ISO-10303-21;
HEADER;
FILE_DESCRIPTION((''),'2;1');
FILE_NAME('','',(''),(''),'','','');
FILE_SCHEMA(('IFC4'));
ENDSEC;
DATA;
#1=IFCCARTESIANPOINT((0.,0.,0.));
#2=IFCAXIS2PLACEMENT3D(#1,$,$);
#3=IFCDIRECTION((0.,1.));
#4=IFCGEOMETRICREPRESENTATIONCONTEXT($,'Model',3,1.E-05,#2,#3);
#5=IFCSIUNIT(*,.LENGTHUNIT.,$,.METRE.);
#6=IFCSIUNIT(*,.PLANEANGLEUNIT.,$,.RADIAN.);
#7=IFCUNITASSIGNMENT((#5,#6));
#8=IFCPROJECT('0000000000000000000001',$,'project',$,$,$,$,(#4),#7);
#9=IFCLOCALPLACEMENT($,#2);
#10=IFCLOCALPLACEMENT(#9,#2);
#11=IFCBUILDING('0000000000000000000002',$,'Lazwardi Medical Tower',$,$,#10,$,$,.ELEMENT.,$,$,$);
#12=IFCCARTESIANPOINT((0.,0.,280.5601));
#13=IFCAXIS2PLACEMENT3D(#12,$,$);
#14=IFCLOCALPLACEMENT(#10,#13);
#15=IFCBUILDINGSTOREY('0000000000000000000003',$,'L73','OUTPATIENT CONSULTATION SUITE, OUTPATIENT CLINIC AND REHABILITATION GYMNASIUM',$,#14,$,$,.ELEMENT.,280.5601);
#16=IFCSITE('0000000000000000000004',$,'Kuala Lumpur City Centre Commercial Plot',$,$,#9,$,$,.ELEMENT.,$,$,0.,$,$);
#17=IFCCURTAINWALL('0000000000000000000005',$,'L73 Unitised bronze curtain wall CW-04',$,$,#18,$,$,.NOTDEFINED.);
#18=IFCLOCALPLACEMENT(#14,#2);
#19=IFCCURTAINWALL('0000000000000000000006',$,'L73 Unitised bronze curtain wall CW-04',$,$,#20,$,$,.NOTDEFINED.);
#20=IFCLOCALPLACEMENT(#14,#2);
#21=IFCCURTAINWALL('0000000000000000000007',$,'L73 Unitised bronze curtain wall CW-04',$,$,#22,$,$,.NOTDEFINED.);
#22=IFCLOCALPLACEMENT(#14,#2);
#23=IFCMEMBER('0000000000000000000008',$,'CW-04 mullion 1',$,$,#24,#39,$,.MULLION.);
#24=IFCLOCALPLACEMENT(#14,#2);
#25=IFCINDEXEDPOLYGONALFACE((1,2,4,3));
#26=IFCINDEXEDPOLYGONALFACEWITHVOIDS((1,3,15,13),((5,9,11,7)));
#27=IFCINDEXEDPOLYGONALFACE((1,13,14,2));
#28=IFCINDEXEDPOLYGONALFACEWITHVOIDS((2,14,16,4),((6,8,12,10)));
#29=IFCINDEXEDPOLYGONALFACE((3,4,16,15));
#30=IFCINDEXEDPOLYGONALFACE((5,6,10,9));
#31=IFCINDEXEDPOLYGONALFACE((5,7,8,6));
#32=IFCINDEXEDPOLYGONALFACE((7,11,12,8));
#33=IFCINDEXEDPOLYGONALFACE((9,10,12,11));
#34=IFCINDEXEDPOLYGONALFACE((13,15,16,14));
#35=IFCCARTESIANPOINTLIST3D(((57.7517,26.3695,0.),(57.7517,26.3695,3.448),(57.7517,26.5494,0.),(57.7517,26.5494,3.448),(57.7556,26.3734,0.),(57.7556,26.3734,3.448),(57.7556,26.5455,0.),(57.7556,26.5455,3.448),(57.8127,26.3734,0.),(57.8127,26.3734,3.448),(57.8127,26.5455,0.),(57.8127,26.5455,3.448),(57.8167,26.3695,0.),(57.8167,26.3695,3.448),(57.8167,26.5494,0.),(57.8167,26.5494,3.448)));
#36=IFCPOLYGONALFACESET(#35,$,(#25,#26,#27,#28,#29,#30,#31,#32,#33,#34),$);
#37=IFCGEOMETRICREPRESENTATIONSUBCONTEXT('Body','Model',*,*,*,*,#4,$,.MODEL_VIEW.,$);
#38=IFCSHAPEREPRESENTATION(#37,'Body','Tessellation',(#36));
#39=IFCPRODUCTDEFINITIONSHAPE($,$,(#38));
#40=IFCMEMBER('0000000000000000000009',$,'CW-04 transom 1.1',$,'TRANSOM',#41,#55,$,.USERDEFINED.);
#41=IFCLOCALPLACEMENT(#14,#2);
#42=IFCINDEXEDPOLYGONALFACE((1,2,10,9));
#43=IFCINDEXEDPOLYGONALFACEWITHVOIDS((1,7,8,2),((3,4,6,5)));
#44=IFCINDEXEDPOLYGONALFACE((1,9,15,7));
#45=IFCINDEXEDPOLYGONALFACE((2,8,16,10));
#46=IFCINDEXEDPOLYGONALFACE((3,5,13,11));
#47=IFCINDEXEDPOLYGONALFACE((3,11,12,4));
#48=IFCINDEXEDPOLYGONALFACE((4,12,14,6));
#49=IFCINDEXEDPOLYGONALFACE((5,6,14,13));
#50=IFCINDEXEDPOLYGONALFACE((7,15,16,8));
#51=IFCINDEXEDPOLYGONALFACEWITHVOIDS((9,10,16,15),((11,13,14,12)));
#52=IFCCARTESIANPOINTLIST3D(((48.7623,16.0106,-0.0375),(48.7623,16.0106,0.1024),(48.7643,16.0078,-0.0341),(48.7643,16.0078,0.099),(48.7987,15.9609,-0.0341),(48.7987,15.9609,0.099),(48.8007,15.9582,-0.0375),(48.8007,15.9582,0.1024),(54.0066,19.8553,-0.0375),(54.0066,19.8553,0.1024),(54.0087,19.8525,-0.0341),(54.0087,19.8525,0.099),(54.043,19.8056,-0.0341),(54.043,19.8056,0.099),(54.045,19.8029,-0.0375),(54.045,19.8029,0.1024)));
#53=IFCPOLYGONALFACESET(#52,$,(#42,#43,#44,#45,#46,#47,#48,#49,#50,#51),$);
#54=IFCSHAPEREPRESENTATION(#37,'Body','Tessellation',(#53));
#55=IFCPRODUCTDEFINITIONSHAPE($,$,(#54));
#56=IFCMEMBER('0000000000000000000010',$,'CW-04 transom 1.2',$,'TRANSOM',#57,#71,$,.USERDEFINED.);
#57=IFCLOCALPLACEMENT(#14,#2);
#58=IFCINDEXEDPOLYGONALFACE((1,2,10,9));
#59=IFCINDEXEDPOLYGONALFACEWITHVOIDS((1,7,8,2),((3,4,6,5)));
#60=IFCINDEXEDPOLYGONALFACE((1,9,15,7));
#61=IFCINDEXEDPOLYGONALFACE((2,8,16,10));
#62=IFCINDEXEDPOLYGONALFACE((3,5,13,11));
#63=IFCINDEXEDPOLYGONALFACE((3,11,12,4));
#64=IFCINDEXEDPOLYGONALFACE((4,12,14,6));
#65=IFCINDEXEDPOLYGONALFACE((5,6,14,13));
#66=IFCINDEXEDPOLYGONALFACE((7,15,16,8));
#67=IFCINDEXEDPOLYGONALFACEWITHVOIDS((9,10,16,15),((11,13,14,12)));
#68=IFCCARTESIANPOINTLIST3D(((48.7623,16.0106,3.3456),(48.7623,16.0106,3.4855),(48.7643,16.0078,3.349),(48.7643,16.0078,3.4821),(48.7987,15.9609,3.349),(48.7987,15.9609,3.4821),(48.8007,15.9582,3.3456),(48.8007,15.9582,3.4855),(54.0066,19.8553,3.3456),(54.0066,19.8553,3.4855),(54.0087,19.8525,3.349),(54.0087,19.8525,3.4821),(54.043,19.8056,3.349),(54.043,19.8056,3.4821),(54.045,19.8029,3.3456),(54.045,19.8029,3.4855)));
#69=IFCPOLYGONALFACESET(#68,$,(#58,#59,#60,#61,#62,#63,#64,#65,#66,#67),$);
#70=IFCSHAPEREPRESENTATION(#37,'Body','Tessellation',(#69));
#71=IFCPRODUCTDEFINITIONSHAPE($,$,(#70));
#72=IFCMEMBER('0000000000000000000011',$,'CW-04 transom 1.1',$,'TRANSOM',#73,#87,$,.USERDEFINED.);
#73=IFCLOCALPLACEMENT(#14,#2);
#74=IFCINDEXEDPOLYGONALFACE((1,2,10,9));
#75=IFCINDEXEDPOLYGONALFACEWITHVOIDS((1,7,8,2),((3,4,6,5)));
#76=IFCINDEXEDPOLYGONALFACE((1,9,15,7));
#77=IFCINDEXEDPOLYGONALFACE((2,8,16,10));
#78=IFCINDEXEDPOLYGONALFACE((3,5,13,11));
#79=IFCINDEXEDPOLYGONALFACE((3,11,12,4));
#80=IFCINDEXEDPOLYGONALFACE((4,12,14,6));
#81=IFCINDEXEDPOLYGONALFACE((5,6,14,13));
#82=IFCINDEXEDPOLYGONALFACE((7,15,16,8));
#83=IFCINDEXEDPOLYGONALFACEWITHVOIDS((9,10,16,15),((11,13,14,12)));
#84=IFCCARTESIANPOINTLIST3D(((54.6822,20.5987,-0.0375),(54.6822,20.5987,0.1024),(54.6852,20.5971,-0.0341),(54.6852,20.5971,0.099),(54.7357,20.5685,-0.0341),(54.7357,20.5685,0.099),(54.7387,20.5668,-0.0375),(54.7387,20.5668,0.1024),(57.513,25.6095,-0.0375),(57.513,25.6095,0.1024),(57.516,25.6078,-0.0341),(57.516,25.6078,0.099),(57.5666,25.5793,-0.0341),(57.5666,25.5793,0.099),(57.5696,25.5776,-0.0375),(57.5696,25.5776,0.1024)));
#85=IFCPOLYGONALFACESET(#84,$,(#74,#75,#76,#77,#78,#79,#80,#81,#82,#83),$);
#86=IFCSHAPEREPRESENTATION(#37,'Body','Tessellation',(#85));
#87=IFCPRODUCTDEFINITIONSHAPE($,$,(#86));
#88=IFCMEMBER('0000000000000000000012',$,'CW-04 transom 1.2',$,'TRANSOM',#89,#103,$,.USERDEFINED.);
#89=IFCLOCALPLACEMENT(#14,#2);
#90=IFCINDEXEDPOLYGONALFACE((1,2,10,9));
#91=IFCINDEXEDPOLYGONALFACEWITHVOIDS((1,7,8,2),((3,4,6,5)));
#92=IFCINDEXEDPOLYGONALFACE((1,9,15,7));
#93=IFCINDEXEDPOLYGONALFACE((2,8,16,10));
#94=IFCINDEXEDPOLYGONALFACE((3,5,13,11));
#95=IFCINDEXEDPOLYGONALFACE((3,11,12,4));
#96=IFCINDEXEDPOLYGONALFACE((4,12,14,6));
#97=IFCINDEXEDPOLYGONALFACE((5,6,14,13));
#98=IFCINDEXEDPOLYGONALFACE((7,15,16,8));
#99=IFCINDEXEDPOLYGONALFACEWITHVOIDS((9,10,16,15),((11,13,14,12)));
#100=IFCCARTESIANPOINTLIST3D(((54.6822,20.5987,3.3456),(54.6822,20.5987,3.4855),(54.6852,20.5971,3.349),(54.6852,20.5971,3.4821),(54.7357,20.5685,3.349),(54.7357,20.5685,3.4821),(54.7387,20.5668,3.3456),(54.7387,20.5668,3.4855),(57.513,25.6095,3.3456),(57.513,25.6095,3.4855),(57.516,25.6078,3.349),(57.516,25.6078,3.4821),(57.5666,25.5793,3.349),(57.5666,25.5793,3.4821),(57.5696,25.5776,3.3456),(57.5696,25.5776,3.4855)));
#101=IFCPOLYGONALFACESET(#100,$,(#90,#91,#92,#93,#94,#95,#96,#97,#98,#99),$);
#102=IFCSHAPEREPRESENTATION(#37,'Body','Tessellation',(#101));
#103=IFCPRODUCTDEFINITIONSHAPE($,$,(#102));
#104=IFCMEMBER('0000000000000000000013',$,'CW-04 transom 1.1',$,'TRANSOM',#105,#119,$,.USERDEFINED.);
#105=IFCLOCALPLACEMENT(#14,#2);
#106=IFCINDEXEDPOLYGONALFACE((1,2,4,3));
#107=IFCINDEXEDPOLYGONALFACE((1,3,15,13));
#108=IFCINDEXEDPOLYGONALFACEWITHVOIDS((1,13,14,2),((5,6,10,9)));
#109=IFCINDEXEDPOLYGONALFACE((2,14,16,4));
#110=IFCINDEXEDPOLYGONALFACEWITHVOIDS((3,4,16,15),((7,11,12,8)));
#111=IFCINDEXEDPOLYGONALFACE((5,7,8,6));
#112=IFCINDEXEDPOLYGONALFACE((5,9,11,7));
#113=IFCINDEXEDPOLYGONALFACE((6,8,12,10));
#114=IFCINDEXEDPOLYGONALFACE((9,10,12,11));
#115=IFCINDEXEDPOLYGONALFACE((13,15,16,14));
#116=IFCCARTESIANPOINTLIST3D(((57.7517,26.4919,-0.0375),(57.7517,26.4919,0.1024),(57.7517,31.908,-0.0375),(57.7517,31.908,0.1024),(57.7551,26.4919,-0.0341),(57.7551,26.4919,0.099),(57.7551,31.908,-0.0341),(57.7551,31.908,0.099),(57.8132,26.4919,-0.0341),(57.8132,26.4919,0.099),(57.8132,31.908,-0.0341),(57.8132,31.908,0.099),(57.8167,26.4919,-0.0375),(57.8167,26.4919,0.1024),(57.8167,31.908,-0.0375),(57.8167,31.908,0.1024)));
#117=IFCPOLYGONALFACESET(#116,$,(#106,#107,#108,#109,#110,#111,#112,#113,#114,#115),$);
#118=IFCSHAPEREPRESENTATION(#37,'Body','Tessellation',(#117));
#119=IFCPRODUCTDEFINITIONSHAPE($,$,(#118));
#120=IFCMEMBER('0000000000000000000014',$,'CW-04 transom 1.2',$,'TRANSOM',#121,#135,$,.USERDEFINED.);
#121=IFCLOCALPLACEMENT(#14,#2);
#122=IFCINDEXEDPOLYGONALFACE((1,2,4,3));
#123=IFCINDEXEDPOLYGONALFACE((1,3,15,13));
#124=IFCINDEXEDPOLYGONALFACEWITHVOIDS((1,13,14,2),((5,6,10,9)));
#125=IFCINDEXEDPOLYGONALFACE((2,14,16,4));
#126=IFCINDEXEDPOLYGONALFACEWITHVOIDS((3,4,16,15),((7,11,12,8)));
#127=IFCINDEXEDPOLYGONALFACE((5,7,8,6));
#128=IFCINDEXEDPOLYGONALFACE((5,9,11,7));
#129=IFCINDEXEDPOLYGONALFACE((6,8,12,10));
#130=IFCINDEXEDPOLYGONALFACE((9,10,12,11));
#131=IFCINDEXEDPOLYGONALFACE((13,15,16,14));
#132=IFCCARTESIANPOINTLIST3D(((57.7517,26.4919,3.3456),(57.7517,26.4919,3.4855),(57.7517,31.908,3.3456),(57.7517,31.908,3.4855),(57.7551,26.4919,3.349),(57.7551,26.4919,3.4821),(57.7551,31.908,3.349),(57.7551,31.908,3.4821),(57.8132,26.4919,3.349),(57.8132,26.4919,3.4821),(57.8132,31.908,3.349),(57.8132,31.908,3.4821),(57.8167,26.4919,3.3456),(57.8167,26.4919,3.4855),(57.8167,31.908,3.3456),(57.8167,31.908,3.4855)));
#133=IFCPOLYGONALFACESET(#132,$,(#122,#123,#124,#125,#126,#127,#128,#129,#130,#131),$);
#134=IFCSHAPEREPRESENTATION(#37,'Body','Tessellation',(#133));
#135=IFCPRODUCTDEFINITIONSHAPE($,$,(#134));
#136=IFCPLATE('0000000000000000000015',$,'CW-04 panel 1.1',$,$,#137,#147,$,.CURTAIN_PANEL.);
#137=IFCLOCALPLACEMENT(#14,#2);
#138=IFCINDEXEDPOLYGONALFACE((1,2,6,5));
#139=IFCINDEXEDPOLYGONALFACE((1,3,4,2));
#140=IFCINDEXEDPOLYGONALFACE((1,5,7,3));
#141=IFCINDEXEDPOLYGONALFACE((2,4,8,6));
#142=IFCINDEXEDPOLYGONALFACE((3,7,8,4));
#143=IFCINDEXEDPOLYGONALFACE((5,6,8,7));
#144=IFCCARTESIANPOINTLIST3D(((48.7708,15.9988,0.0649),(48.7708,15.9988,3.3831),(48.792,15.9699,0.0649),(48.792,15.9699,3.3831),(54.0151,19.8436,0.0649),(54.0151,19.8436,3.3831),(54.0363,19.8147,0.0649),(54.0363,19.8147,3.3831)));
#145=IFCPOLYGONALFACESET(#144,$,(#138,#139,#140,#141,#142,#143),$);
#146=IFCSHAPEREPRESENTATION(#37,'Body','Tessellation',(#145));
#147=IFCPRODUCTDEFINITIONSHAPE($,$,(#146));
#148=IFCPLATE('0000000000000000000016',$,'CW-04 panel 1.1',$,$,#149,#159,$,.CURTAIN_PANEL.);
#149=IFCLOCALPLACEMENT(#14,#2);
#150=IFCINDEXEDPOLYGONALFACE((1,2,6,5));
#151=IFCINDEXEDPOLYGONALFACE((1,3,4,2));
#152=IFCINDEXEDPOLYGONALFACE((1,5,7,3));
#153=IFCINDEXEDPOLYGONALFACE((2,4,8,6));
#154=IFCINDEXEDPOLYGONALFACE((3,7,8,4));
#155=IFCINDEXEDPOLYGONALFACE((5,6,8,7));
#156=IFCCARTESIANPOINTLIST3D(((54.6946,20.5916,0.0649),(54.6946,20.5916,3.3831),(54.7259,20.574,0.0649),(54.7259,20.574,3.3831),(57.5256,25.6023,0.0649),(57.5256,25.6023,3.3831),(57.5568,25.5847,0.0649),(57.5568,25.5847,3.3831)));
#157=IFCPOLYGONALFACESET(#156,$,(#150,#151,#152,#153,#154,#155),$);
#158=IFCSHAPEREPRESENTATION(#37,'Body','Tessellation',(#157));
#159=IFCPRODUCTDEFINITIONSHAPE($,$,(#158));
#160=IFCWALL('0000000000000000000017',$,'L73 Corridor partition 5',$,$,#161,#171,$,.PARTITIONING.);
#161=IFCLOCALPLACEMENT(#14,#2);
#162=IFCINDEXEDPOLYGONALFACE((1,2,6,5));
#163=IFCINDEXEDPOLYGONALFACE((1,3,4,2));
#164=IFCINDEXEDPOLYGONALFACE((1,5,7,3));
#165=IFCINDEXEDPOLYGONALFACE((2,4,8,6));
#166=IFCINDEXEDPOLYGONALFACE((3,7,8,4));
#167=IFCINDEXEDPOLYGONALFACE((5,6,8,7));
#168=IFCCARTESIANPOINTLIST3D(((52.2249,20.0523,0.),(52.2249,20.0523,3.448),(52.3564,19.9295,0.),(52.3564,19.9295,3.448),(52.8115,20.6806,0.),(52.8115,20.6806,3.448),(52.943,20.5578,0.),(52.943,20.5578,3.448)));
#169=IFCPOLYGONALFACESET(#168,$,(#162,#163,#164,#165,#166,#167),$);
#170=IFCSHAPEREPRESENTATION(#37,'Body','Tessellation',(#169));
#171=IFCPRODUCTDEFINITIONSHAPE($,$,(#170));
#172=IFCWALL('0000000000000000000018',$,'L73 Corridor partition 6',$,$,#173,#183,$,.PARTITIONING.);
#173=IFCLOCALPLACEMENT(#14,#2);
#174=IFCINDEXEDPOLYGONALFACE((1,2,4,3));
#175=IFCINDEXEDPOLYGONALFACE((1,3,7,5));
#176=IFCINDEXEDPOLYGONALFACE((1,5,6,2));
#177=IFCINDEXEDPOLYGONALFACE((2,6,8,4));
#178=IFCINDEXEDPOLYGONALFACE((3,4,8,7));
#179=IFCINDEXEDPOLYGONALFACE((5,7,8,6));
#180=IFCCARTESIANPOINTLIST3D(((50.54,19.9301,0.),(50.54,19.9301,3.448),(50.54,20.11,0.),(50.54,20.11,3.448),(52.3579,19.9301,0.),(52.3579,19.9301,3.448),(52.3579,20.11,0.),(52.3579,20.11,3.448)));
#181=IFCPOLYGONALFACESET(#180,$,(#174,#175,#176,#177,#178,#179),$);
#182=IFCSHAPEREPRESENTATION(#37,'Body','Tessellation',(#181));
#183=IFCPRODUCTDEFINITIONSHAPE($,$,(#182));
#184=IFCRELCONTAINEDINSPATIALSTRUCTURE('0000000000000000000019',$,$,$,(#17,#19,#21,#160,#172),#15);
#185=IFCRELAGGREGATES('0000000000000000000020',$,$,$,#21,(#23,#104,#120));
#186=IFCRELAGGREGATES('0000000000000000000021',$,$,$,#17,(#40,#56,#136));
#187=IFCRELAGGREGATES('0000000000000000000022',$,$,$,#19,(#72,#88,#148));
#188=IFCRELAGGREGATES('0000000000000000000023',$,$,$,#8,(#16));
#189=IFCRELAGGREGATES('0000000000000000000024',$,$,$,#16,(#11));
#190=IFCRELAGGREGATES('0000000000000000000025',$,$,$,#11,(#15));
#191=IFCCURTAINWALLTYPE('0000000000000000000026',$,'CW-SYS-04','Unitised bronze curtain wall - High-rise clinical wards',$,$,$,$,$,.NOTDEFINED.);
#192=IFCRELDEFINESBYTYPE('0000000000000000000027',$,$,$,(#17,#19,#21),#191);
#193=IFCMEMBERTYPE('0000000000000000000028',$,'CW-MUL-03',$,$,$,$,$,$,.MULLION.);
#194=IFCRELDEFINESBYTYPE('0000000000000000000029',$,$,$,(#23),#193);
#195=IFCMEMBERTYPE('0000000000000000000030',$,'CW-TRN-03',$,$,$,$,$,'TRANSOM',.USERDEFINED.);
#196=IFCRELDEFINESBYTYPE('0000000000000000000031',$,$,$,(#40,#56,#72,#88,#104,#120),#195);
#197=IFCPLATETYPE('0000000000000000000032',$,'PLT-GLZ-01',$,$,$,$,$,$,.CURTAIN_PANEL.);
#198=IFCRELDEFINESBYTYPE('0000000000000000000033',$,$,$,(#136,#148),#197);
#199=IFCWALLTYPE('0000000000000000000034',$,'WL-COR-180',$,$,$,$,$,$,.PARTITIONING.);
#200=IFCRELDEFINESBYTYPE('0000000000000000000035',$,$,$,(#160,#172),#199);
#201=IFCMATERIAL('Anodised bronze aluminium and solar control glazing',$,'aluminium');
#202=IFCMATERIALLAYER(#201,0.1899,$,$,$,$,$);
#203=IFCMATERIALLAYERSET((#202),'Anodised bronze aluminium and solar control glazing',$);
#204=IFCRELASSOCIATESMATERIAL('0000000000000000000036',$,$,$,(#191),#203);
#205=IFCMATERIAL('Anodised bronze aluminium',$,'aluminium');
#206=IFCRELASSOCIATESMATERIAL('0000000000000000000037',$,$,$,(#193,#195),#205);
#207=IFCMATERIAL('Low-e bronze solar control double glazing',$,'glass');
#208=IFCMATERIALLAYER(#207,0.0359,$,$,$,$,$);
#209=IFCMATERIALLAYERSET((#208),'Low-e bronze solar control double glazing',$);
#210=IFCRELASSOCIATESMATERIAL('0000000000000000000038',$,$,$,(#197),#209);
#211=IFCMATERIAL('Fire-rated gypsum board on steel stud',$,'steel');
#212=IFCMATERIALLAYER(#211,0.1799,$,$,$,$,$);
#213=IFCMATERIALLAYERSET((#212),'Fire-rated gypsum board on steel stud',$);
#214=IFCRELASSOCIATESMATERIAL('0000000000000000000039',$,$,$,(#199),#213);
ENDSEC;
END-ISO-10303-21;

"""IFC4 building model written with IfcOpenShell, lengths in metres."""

from ifc_helpers import new_model, si_unit, direction, frame, frame_2d, origin, origin_2d, place, context, subcontext, project, spatial, rectangle, hollow_rectangle, extrude, material, layer, layer_set, material_profile, profile_set, type_object, element, aggregate, save


model = new_model("IFC4")

# Units and contexts
model_context = context("Model", 3, precision=1e-05, world=origin(), true_north=direction((0.0, 1.0)))
body_context = subcontext(model_context, "Body", "Model", "MODEL_VIEW")
ifc_project = project(units=[si_unit("LENGTHUNIT", "METRE"), si_unit("PLANEANGLEUNIT", "RADIAN")], contexts=[model_context])

# Site, building, storey
site_placement = place(None, origin())
site = spatial("IfcSite", under=ifc_project, at=site_placement, Name="Kuala Lumpur City Centre Commercial Plot", CompositionType="ELEMENT", RefElevation=0.0)
building_placement = place(site_placement, origin())
building = spatial("IfcBuilding", under=site, at=building_placement, Name="Lazwardi Medical Tower", CompositionType="ELEMENT")
storey_placement = place(building_placement, frame((0.0, 0.0, 280.5601)))
storey = spatial("IfcBuildingStorey", under=building, at=storey_placement, Name="L73", Description="OUTPATIENT CONSULTATION SUITE, OUTPATIENT CLINIC AND REHABILITATION GYMNASIUM", CompositionType="ELEMENT", Elevation=280.5601)

# Shared definitions
ifc_material_1 = material(Name="Anodised bronze aluminium and solar control glazing", Category="aluminium")
ifc_layer_1 = layer(ifc_material_1, 0.1899)
ifc_layer_set_1 = layer_set([ifc_layer_1], Name="Anodised bronze aluminium and solar control glazing")
curtain_wall_type = type_object("IfcCurtainWallType", Name="CW-SYS-04", Description="Unitised bronze curtain wall - High-rise clinical wards", PredefinedType="NOTDEFINED", material=ifc_layer_set_1)
ifc_material_2 = material(Name="Anodised bronze aluminium", Category="aluminium")
ifc_material_profile_1 = material_profile(ifc_material_2, hollow_rectangle(XDim=0.0649, YDim=0.1799, WallThickness=0.0039, at=origin_2d()), Name="ALU-MULLION 180x65x4")
ifc_profile_set_1 = profile_set([ifc_material_profile_1], Name="Anodised bronze aluminium")
member_type_1 = type_object("IfcMemberType", Name="CW-MUL-03", PredefinedType="MULLION", material=ifc_profile_set_1)

# Curtain walls
curtain_wall_1_placement = place(storey_placement, origin())
curtain_wall_1 = element("IfcCurtainWall", 1, at=curtain_wall_1_placement, inside=storey, type_object=curtain_wall_type, Name="L73 Unitised bronze curtain wall CW-04", PredefinedType="NOTDEFINED")
curtain_wall_2_placement = place(storey_placement, origin())
curtain_wall_2 = element("IfcCurtainWall", 2, at=curtain_wall_2_placement, inside=storey, type_object=curtain_wall_type, Name="L73 Unitised bronze curtain wall CW-04", PredefinedType="NOTDEFINED")

# Curtain wall, member
curtain_wall_3_placement = place(storey_placement, origin())
curtain_wall_3 = element("IfcCurtainWall", 3, at=curtain_wall_3_placement, inside=storey, type_object=curtain_wall_type, Name="L73 Unitised bronze curtain wall CW-04", PredefinedType="NOTDEFINED")
member_1_placement = place(storey_placement, frame((57.7842, 26.4595, 0.0), z_axis=(0.0, 0.0, 1.0), x_axis=(-1.0, 0.0, 0.0)))
member_1 = element("IfcMember", 4, at=member_1_placement, type_object=member_type_1, Name="CW-04 mullion 1", PredefinedType="MULLION", context=body_context, shape_type="SweptSolid", body=[
    extrude(hollow_rectangle(XDim=0.0649, YDim=0.1799, WallThickness=0.0039, at=origin_2d()), origin(), (0.0, 0.0, 1.0), 3.448),
])

# Members
ifc_material_profile_2 = material_profile(ifc_material_2, hollow_rectangle(XDim=0.0649, YDim=0.1399, WallThickness=0.0034, at=origin_2d()), Name="ALU-TRANSOM 140x65x3.5")
ifc_profile_set_2 = profile_set([ifc_material_profile_2], Name="Anodised bronze aluminium")
member_type_2 = type_object("IfcMemberType", Name="CW-TRN-03", ElementType="TRANSOM", PredefinedType="USERDEFINED", material=ifc_profile_set_2)
member_2_placement = place(storey_placement, frame((48.7815, 15.9844, 0.0325), z_axis=(0.80649, 0.591248, 0.0), x_axis=(-0.591248, 0.80649, 0.0)))
member_2 = element("IfcMember", 5, at=member_2_placement, type_object=member_type_2, Name="CW-04 transom 1.1", ObjectType="TRANSOM", PredefinedType="USERDEFINED", context=body_context, shape_type="SweptSolid", body=[
    extrude(hollow_rectangle(XDim=0.0649, YDim=0.1399, WallThickness=0.0034, at=origin_2d()), origin(), (0.0, 0.0, 1.0), 6.5027),
])
member_3_placement = place(storey_placement, frame((48.7815, 15.9844, 3.4155), z_axis=(0.80649, 0.591248, 0.0), x_axis=(-0.591248, 0.80649, 0.0)))
member_3 = element("IfcMember", 6, at=member_3_placement, type_object=member_type_2, Name="CW-04 transom 1.2", ObjectType="TRANSOM", PredefinedType="USERDEFINED", context=body_context, shape_type="SweptSolid", body=[
    extrude(hollow_rectangle(XDim=0.0649, YDim=0.1399, WallThickness=0.0034, at=origin_2d()), origin(), (0.0, 0.0, 1.0), 6.5027),
])
member_4_placement = place(storey_placement, frame((54.7104, 20.5828, 0.0325), z_axis=(0.49188, 0.870663, 0.0), x_axis=(-0.870663, 0.49188, 0.0)))
member_4 = element("IfcMember", 7, at=member_4_placement, type_object=member_type_2, Name="CW-04 transom 1.1", ObjectType="TRANSOM", PredefinedType="USERDEFINED", context=body_context, shape_type="SweptSolid", body=[
    extrude(hollow_rectangle(XDim=0.0649, YDim=0.1399, WallThickness=0.0034, at=origin_2d()), origin(), (0.0, 0.0, 1.0), 5.7551),
])
member_5_placement = place(storey_placement, frame((54.7104, 20.5828, 3.4155), z_axis=(0.49188, 0.870663, 0.0), x_axis=(-0.870663, 0.49188, 0.0)))
member_5 = element("IfcMember", 8, at=member_5_placement, type_object=member_type_2, Name="CW-04 transom 1.2", ObjectType="TRANSOM", PredefinedType="USERDEFINED", context=body_context, shape_type="SweptSolid", body=[
    extrude(hollow_rectangle(XDim=0.0649, YDim=0.1399, WallThickness=0.0034, at=origin_2d()), origin(), (0.0, 0.0, 1.0), 5.7551),
])
member_6_placement = place(storey_placement, frame((57.7842, 26.4919, 0.0325), z_axis=(0.0, 1.0, 0.0), x_axis=(-1.0, 0.0, 0.0)))
member_6 = element("IfcMember", 9, at=member_6_placement, type_object=member_type_2, Name="CW-04 transom 1.1", ObjectType="TRANSOM", PredefinedType="USERDEFINED", context=body_context, shape_type="SweptSolid", body=[
    extrude(hollow_rectangle(XDim=0.0649, YDim=0.1399, WallThickness=0.0034, at=origin_2d()), origin(), (0.0, 0.0, 1.0), 5.416),
])
member_7_placement = place(storey_placement, frame((57.7842, 26.4919, 3.4155), z_axis=(0.0, 1.0, 0.0), x_axis=(-1.0, 0.0, 0.0)))
member_7 = element("IfcMember", 10, at=member_7_placement, type_object=member_type_2, Name="CW-04 transom 1.2", ObjectType="TRANSOM", PredefinedType="USERDEFINED", context=body_context, shape_type="SweptSolid", body=[
    extrude(hollow_rectangle(XDim=0.0649, YDim=0.1399, WallThickness=0.0034, at=origin_2d()), origin(), (0.0, 0.0, 1.0), 5.416),
])
aggregate(curtain_wall_3, [member_1, member_6, member_7])

# Plates
ifc_material_3 = material(Name="Low-e bronze solar control double glazing", Category="glass")
ifc_layer_2 = layer(ifc_material_3, 0.0359)
ifc_layer_set_2 = layer_set([ifc_layer_2], Name="Low-e bronze solar control double glazing")
plate_type = type_object("IfcPlateType", Name="PLT-GLZ-01", PredefinedType="CURTAIN_PANEL", material=ifc_layer_set_2)
plate_1_placement = place(storey_placement, frame((51.4036, 17.9067, 0.0649), z_axis=(0.0, 0.0, 1.0), x_axis=(0.806475, 0.591268, 0.0)))
plate_1 = element("IfcPlate", 11, at=plate_1_placement, type_object=plate_type, Name="CW-04 panel 1.1", PredefinedType="CURTAIN_PANEL", context=body_context, shape_type="SweptSolid", body=[
    extrude(rectangle(XDim=6.5027, YDim=0.0359, at=origin_2d()), origin(), (0.0, 0.0, 1.0), 3.3181),
])
aggregate(curtain_wall_1, [member_2, member_3, plate_1])
plate_2_placement = place(storey_placement, frame((56.1257, 23.0881, 0.0649), z_axis=(0.0, 0.0, 1.0), x_axis=(0.4919, 0.870651, 0.0)))
plate_2 = element("IfcPlate", 12, at=plate_2_placement, type_object=plate_type, Name="CW-04 panel 1.1", PredefinedType="CURTAIN_PANEL", context=body_context, shape_type="SweptSolid", body=[
    extrude(rectangle(XDim=5.7551, YDim=0.0359, at=origin_2d()), origin(), (0.0, 0.0, 1.0), 3.3181),
])
aggregate(curtain_wall_2, [member_4, member_5, plate_2])

# Walls
ifc_material_4 = material(Name="Fire-rated gypsum board on steel stud", Category="steel")
ifc_layer_3 = layer(ifc_material_4, 0.1799)
ifc_layer_set_3 = layer_set([ifc_layer_3], Name="Fire-rated gypsum board on steel stud")
wall_type_1 = type_object("IfcWallType", Name="WL-COR-180", PredefinedType="PARTITIONING", material=ifc_layer_set_3)
wall_1_placement = place(storey_placement, frame((52.8772, 20.6191, 0.0), z_axis=(0.0, 0.0, 1.0), x_axis=(-0.682409, -0.73097, 0.0)))
element("IfcWall", 13, at=wall_1_placement, inside=storey, type_object=wall_type_1, Name="L73 Corridor partition 5", PredefinedType="PARTITIONING", context=body_context, shape_type="SweptSolid", body=[
    extrude(rectangle(XDim=0.8596, YDim=0.1799, at=frame_2d((0.4297, 0.0))), origin(), (0.0, 0.0, 1.0), 3.448),
])
wall_2_placement = place(storey_placement, frame((52.3579, 20.02, 0.0), z_axis=(0.0, 0.0, 1.0), x_axis=(-1.0, 0.0, 0.0)))
element("IfcWall", 14, at=wall_2_placement, inside=storey, type_object=wall_type_1, Name="L73 Corridor partition 6", PredefinedType="PARTITIONING", context=body_context, shape_type="SweptSolid", body=[
    extrude(rectangle(XDim=1.8179, YDim=0.1799, at=frame_2d((0.9089, 0.0))), origin(), (0.0, 0.0, 1.0), 3.448),
])

save(model, "model.ifc")
